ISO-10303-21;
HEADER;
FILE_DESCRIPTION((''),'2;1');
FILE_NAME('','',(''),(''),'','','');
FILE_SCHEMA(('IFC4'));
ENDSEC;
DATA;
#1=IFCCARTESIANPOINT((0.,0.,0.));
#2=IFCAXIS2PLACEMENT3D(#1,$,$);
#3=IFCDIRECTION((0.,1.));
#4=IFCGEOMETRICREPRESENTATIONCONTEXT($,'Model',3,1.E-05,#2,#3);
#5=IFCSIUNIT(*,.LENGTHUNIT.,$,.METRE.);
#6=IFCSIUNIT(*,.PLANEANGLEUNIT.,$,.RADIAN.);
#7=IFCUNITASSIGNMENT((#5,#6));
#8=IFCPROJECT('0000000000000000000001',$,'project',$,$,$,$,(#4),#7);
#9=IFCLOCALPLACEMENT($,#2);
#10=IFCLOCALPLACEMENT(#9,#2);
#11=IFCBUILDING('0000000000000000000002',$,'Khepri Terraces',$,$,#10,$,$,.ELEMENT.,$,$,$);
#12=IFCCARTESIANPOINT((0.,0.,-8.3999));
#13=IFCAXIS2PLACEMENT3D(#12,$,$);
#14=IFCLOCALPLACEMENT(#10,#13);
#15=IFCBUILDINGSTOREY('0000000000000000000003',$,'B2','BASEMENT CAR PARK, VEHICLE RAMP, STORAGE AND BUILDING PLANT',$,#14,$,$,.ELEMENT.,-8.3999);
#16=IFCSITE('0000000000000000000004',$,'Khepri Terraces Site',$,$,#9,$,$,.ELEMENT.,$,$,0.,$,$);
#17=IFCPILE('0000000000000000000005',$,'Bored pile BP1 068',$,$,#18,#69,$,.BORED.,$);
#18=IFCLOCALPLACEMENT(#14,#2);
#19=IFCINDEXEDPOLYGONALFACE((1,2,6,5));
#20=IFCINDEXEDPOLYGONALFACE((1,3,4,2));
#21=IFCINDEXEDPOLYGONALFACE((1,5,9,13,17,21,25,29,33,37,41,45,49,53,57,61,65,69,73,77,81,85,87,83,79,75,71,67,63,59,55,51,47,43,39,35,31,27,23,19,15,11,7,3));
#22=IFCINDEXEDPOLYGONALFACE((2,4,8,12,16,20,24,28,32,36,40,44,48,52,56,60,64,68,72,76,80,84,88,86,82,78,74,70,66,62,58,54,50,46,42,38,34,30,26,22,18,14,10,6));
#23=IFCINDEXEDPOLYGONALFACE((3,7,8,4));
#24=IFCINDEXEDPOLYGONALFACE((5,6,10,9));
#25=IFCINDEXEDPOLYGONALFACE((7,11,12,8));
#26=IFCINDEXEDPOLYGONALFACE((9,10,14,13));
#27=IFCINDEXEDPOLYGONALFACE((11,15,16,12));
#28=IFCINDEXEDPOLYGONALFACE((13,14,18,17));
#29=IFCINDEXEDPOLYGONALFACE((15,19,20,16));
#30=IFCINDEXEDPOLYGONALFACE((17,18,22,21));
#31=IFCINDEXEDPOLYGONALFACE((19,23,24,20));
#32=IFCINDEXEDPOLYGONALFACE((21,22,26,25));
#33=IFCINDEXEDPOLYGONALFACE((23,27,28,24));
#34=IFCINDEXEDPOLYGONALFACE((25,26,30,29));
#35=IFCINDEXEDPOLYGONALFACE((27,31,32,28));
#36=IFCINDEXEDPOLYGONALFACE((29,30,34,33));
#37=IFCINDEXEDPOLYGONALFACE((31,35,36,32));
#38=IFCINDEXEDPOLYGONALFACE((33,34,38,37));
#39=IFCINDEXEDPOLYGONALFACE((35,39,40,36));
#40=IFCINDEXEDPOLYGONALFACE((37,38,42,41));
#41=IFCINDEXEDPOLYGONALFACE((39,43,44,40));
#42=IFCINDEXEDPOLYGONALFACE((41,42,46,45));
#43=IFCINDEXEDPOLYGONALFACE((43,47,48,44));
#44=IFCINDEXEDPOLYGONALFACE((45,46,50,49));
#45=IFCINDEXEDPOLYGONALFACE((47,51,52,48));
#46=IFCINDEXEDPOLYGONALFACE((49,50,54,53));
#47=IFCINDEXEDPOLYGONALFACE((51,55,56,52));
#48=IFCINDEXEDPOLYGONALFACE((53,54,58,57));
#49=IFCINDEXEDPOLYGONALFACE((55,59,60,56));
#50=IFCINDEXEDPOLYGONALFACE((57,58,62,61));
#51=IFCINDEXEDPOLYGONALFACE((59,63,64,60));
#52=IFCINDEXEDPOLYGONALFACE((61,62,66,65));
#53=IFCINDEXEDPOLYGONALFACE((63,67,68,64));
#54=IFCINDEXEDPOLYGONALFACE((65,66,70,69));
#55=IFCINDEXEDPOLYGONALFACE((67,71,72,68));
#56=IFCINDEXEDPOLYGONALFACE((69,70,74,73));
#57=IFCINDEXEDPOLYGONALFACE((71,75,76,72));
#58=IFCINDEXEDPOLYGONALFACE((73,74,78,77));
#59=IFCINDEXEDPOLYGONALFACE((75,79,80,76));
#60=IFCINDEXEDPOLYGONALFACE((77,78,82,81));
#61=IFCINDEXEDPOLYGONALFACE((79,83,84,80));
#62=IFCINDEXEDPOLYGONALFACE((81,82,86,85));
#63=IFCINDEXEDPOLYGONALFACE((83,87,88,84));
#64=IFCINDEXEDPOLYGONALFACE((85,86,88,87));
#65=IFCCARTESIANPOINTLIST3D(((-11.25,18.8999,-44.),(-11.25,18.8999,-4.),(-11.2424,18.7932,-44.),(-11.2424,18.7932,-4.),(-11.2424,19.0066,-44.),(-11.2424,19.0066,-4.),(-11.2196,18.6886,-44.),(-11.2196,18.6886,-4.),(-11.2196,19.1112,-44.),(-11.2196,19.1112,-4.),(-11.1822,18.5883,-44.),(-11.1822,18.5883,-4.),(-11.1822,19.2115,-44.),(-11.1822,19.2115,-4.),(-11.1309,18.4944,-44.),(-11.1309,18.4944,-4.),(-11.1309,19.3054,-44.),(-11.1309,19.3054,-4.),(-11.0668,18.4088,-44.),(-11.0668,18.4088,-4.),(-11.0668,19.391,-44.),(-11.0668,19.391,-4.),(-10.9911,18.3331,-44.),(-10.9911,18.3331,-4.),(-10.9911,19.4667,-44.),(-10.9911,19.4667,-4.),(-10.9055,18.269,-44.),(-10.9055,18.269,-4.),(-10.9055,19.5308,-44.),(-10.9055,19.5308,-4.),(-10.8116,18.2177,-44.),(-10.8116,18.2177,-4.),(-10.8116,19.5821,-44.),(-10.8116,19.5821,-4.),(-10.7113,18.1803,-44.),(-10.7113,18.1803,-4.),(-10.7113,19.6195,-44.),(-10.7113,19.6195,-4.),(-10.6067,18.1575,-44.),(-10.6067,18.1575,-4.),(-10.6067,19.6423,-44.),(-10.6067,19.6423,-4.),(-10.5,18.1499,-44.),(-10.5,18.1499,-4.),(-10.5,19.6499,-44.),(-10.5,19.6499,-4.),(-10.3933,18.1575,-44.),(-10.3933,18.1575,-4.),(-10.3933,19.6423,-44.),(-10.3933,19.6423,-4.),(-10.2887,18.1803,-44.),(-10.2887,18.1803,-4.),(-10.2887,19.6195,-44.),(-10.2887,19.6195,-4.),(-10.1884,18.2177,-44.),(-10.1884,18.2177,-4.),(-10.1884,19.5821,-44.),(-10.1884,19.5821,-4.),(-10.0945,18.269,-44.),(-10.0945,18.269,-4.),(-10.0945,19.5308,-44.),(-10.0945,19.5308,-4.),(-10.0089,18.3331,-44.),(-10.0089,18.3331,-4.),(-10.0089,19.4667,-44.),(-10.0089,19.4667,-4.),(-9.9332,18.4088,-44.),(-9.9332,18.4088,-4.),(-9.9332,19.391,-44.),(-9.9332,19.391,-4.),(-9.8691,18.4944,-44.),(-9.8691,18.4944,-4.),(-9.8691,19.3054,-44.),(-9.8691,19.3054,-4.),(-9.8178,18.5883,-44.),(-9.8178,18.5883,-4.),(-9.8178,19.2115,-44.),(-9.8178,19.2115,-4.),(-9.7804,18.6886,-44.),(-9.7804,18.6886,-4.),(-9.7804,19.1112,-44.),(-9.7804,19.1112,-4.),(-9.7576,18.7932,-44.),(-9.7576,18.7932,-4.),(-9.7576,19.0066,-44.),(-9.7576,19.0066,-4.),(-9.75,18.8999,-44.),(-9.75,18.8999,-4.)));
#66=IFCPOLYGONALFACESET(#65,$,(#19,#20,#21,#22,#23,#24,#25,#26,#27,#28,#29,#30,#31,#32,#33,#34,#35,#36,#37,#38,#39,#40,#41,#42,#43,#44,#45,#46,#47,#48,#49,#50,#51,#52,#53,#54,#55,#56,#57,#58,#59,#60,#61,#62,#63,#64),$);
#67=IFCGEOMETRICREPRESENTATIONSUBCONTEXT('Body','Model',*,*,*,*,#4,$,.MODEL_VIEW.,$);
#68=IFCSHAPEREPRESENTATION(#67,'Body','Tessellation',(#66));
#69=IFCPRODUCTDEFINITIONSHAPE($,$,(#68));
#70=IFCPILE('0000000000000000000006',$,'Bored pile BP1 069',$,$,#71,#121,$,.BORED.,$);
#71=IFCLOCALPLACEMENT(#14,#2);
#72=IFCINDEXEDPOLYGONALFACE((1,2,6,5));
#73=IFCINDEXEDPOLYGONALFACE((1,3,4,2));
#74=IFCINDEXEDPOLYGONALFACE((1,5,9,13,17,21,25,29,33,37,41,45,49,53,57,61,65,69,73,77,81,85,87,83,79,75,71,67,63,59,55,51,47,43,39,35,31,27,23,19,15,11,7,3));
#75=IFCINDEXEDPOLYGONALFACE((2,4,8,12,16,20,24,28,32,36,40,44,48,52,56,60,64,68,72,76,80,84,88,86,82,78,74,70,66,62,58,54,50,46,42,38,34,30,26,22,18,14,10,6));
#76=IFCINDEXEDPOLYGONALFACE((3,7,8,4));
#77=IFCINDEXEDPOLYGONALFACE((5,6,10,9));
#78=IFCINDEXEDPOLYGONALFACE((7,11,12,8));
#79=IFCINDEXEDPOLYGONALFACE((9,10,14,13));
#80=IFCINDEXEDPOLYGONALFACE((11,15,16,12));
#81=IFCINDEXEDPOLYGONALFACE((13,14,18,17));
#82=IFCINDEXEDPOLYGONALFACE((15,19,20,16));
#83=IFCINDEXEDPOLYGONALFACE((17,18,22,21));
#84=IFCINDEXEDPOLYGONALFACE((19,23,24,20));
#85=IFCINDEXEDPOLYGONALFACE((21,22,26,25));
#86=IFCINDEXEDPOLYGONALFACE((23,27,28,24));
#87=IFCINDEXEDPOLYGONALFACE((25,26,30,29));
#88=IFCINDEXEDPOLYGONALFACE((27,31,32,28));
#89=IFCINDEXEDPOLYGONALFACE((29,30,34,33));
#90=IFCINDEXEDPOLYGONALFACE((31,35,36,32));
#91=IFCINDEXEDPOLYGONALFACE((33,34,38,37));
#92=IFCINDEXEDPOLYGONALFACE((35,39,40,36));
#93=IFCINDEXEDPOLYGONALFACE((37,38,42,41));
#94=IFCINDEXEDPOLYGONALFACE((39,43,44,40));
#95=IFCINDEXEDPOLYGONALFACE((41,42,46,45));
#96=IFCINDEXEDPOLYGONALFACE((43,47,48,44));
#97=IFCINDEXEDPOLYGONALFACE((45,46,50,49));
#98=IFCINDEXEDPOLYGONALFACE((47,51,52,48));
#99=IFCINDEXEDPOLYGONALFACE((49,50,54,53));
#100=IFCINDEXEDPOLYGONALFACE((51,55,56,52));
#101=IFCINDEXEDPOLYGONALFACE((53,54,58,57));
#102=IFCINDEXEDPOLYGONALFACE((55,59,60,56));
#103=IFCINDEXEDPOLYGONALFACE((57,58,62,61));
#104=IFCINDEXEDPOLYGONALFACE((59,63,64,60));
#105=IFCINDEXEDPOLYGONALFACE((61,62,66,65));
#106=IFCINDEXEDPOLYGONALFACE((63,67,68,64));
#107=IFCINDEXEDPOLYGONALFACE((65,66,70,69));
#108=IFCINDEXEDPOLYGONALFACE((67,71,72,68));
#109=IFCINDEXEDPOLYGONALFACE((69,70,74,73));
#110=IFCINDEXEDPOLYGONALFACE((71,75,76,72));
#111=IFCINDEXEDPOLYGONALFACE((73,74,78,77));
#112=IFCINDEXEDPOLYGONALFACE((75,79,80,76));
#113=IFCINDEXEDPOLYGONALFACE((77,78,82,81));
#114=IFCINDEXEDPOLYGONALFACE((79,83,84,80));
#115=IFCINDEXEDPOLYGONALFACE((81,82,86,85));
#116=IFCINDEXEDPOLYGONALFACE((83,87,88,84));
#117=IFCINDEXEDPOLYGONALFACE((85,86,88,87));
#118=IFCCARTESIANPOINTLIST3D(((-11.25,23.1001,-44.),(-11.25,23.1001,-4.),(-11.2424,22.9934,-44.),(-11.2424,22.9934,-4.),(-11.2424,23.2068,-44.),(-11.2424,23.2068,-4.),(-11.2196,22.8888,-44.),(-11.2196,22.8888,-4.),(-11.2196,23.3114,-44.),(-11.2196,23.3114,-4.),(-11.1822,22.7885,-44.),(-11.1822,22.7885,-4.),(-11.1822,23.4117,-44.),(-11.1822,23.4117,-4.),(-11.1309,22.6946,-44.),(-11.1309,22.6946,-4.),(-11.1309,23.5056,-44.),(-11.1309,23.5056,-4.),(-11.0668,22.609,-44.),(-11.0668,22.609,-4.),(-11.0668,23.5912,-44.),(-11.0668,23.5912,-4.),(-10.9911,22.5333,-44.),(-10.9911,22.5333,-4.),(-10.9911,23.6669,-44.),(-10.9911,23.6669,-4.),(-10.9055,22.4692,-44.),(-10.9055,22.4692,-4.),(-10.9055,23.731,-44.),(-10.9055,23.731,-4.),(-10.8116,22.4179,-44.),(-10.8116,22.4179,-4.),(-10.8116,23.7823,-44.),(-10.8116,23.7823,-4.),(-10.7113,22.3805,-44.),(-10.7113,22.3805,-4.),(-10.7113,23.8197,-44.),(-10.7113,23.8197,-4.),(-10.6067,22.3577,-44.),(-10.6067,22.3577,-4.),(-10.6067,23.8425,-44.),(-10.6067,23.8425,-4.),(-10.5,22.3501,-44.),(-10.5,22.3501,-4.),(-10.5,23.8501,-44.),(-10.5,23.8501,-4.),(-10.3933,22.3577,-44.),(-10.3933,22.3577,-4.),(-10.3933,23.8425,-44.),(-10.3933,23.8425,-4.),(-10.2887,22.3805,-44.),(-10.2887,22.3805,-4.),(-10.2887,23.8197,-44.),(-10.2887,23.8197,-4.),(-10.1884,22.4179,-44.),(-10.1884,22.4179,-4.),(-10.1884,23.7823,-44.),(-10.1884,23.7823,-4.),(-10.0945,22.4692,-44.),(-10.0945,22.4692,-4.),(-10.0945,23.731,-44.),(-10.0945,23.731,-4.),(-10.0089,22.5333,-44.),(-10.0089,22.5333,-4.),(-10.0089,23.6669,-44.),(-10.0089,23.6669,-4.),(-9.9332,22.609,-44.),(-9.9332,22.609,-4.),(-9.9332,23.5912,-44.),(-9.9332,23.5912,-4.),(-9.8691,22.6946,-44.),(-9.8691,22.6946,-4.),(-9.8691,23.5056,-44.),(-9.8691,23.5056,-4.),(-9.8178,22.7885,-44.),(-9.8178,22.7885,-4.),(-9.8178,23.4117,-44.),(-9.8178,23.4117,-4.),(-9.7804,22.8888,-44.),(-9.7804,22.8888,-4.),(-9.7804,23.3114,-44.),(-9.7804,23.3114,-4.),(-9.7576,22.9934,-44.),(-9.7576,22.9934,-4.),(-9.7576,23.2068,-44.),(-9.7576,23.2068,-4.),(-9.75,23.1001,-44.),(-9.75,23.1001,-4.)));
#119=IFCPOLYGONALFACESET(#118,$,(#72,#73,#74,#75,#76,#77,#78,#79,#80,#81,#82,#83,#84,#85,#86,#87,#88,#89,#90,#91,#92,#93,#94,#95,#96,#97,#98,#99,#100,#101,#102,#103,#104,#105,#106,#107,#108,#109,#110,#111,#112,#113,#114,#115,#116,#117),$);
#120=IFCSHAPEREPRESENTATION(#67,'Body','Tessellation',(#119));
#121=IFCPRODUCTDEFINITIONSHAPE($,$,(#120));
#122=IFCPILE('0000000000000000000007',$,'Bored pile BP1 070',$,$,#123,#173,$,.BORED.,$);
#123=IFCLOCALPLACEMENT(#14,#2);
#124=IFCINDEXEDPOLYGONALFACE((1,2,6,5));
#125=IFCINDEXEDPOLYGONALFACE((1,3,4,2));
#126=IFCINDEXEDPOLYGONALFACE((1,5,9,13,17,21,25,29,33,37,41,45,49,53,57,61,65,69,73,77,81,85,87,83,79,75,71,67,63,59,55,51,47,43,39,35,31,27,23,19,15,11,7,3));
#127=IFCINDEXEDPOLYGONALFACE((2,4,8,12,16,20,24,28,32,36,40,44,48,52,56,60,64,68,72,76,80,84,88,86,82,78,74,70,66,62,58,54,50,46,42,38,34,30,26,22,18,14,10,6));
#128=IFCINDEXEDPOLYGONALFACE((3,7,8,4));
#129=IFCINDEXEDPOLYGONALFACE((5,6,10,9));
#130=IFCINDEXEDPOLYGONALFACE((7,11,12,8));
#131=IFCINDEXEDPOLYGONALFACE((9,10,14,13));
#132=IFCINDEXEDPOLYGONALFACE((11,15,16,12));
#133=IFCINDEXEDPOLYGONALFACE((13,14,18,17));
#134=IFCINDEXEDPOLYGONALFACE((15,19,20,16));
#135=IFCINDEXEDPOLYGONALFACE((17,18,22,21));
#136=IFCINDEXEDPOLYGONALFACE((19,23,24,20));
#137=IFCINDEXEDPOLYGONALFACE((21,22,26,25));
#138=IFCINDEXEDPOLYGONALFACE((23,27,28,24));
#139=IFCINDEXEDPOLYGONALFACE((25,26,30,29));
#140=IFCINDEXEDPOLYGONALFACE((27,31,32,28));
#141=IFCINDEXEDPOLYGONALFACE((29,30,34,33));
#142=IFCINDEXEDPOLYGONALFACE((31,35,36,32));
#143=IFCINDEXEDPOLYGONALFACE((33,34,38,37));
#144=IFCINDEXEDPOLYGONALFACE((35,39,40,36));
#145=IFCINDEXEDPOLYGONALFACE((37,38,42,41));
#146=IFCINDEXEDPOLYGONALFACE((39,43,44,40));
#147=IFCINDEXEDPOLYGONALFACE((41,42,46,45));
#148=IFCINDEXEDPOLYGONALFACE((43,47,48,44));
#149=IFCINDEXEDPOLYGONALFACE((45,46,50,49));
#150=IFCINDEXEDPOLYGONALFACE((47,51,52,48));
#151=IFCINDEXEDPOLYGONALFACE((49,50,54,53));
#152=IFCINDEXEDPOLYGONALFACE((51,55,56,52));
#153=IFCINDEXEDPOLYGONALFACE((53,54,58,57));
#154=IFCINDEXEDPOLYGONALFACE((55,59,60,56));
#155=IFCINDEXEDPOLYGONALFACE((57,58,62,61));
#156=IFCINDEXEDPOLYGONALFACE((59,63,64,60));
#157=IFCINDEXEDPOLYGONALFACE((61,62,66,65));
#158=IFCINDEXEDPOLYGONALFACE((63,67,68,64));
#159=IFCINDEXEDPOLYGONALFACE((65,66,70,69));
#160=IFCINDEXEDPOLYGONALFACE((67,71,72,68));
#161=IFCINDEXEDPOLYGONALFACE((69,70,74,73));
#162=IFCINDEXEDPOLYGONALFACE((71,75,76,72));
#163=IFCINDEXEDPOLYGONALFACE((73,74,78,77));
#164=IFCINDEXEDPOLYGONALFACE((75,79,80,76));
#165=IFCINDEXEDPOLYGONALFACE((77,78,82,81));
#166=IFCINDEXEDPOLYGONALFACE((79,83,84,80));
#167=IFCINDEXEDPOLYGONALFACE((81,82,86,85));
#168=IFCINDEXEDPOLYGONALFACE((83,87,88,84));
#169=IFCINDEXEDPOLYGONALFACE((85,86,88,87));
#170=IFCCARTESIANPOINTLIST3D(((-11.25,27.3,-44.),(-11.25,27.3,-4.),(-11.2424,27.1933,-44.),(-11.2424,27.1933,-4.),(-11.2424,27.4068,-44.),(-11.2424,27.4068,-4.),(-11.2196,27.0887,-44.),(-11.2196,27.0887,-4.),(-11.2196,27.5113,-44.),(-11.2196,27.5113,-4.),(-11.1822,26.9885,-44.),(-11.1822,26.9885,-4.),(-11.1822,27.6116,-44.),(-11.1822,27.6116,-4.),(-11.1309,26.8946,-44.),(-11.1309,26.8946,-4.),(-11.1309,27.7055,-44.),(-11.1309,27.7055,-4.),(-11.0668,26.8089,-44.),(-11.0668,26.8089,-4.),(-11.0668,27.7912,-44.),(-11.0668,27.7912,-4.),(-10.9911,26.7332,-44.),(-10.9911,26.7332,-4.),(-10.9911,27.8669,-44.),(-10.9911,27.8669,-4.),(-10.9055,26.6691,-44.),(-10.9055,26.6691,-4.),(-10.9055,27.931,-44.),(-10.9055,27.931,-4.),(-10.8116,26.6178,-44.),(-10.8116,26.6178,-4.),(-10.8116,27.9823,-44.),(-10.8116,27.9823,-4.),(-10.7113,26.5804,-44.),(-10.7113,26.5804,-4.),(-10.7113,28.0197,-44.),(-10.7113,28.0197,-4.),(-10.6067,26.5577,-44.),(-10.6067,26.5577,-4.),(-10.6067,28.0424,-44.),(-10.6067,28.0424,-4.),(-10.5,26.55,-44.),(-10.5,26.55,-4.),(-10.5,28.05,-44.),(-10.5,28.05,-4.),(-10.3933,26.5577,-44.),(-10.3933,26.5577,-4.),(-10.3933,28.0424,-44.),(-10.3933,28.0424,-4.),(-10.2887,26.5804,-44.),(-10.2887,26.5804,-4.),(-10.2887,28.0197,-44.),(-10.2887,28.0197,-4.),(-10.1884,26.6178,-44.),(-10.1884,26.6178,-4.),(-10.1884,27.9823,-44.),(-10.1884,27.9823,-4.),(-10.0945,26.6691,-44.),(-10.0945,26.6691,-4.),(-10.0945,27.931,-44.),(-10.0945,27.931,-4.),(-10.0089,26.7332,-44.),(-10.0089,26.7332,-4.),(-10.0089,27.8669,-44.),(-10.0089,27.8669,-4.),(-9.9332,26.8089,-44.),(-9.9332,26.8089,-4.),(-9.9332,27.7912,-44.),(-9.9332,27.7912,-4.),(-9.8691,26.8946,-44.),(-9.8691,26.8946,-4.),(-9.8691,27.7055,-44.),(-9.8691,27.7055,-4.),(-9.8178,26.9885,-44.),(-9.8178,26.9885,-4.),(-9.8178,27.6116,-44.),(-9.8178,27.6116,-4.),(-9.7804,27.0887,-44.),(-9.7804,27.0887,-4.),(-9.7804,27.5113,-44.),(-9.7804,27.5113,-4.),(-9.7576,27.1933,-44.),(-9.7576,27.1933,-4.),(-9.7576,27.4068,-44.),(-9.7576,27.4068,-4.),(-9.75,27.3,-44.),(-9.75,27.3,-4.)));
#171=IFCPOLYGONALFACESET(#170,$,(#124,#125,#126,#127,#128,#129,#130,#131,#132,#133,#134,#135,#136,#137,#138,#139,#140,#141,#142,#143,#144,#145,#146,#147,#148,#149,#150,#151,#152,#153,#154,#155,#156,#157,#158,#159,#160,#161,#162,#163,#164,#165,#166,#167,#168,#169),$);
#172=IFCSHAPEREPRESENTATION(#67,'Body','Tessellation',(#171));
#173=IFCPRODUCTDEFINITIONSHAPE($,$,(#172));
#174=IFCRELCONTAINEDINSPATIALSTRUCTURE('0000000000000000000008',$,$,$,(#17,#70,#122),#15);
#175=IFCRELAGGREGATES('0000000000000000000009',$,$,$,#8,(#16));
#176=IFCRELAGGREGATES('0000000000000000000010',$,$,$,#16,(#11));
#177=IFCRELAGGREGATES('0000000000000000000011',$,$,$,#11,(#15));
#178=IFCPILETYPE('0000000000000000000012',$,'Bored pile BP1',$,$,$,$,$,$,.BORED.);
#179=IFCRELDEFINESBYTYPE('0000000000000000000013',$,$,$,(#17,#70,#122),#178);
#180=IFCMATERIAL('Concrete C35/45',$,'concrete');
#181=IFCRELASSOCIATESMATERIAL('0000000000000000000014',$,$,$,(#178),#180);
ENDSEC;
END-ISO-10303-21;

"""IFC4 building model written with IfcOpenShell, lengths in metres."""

from ifc_helpers import new_model, si_unit, direction, frame, origin, origin_2d, place, context, subcontext, project, spatial, circle, extrude, material, material_profile, profile_set, type_object, element, save


model = new_model("IFC4")

# Units and contexts
model_context = context("Model", 3, precision=1e-05, world=origin(), true_north=direction((0.0, 1.0)))
body_context = subcontext(model_context, "Body", "Model", "MODEL_VIEW")
ifc_project = project(units=[si_unit("LENGTHUNIT", "METRE"), si_unit("PLANEANGLEUNIT", "RADIAN")], contexts=[model_context])

# Site, building, storey
site_placement = place(None, origin())
site = spatial("IfcSite", under=ifc_project, at=site_placement, Name="Khepri Terraces Site", CompositionType="ELEMENT", RefElevation=0.0)
building_placement = place(site_placement, origin())
building = spatial("IfcBuilding", under=site, at=building_placement, Name="Khepri Terraces", CompositionType="ELEMENT")
storey_placement = place(building_placement, frame((0.0, 0.0, -8.3999)))
storey = spatial("IfcBuildingStorey", under=building, at=storey_placement, Name="B2", Description="BASEMENT CAR PARK, VEHICLE RAMP, STORAGE AND BUILDING PLANT", CompositionType="ELEMENT", Elevation=-8.3999)

# Piles
ifc_material_1 = material(Name="Concrete C35/45", Category="concrete")
ifc_material_profile_1 = material_profile(ifc_material_1, circle(Radius=0.75, at=origin_2d()), Name="Concrete C35/45", Category="concrete")
ifc_profile_set_1 = profile_set([ifc_material_profile_1], Name="Concrete C35/45")
pile_type = type_object("IfcPileType", Name="Bored pile BP1", PredefinedType="BORED", material=ifc_profile_set_1)
for number, where, z_axis, x_axis, name in (
    (1, (-10.5, 18.8999, -4.0), (0.0, 0.0, -1.0), (1.0, 0.0, 0.0), "Bored pile BP1 068"),
    (2, (-10.5, 23.1001, -4.0), (0.0, 0.0, -1.0), (1.0, 0.0, 0.0), "Bored pile BP1 069"),
    (3, (-10.5, 27.3, -4.0), (0.0, 0.0, -1.0), (1.0, 0.0, 0.0), "Bored pile BP1 070"),
):
    element("IfcPile", number, at=place(storey_placement, frame(where, z_axis=z_axis, x_axis=x_axis)), inside=storey, type_object=pile_type, Name=name, PredefinedType="BORED", context=body_context, shape_type="SweptSolid", body=[
        extrude(circle(Radius=0.75, at=origin_2d()), origin(), (0.0, 0.0, 1.0), 40.0),
    ])

save(model, "model.ifc")
